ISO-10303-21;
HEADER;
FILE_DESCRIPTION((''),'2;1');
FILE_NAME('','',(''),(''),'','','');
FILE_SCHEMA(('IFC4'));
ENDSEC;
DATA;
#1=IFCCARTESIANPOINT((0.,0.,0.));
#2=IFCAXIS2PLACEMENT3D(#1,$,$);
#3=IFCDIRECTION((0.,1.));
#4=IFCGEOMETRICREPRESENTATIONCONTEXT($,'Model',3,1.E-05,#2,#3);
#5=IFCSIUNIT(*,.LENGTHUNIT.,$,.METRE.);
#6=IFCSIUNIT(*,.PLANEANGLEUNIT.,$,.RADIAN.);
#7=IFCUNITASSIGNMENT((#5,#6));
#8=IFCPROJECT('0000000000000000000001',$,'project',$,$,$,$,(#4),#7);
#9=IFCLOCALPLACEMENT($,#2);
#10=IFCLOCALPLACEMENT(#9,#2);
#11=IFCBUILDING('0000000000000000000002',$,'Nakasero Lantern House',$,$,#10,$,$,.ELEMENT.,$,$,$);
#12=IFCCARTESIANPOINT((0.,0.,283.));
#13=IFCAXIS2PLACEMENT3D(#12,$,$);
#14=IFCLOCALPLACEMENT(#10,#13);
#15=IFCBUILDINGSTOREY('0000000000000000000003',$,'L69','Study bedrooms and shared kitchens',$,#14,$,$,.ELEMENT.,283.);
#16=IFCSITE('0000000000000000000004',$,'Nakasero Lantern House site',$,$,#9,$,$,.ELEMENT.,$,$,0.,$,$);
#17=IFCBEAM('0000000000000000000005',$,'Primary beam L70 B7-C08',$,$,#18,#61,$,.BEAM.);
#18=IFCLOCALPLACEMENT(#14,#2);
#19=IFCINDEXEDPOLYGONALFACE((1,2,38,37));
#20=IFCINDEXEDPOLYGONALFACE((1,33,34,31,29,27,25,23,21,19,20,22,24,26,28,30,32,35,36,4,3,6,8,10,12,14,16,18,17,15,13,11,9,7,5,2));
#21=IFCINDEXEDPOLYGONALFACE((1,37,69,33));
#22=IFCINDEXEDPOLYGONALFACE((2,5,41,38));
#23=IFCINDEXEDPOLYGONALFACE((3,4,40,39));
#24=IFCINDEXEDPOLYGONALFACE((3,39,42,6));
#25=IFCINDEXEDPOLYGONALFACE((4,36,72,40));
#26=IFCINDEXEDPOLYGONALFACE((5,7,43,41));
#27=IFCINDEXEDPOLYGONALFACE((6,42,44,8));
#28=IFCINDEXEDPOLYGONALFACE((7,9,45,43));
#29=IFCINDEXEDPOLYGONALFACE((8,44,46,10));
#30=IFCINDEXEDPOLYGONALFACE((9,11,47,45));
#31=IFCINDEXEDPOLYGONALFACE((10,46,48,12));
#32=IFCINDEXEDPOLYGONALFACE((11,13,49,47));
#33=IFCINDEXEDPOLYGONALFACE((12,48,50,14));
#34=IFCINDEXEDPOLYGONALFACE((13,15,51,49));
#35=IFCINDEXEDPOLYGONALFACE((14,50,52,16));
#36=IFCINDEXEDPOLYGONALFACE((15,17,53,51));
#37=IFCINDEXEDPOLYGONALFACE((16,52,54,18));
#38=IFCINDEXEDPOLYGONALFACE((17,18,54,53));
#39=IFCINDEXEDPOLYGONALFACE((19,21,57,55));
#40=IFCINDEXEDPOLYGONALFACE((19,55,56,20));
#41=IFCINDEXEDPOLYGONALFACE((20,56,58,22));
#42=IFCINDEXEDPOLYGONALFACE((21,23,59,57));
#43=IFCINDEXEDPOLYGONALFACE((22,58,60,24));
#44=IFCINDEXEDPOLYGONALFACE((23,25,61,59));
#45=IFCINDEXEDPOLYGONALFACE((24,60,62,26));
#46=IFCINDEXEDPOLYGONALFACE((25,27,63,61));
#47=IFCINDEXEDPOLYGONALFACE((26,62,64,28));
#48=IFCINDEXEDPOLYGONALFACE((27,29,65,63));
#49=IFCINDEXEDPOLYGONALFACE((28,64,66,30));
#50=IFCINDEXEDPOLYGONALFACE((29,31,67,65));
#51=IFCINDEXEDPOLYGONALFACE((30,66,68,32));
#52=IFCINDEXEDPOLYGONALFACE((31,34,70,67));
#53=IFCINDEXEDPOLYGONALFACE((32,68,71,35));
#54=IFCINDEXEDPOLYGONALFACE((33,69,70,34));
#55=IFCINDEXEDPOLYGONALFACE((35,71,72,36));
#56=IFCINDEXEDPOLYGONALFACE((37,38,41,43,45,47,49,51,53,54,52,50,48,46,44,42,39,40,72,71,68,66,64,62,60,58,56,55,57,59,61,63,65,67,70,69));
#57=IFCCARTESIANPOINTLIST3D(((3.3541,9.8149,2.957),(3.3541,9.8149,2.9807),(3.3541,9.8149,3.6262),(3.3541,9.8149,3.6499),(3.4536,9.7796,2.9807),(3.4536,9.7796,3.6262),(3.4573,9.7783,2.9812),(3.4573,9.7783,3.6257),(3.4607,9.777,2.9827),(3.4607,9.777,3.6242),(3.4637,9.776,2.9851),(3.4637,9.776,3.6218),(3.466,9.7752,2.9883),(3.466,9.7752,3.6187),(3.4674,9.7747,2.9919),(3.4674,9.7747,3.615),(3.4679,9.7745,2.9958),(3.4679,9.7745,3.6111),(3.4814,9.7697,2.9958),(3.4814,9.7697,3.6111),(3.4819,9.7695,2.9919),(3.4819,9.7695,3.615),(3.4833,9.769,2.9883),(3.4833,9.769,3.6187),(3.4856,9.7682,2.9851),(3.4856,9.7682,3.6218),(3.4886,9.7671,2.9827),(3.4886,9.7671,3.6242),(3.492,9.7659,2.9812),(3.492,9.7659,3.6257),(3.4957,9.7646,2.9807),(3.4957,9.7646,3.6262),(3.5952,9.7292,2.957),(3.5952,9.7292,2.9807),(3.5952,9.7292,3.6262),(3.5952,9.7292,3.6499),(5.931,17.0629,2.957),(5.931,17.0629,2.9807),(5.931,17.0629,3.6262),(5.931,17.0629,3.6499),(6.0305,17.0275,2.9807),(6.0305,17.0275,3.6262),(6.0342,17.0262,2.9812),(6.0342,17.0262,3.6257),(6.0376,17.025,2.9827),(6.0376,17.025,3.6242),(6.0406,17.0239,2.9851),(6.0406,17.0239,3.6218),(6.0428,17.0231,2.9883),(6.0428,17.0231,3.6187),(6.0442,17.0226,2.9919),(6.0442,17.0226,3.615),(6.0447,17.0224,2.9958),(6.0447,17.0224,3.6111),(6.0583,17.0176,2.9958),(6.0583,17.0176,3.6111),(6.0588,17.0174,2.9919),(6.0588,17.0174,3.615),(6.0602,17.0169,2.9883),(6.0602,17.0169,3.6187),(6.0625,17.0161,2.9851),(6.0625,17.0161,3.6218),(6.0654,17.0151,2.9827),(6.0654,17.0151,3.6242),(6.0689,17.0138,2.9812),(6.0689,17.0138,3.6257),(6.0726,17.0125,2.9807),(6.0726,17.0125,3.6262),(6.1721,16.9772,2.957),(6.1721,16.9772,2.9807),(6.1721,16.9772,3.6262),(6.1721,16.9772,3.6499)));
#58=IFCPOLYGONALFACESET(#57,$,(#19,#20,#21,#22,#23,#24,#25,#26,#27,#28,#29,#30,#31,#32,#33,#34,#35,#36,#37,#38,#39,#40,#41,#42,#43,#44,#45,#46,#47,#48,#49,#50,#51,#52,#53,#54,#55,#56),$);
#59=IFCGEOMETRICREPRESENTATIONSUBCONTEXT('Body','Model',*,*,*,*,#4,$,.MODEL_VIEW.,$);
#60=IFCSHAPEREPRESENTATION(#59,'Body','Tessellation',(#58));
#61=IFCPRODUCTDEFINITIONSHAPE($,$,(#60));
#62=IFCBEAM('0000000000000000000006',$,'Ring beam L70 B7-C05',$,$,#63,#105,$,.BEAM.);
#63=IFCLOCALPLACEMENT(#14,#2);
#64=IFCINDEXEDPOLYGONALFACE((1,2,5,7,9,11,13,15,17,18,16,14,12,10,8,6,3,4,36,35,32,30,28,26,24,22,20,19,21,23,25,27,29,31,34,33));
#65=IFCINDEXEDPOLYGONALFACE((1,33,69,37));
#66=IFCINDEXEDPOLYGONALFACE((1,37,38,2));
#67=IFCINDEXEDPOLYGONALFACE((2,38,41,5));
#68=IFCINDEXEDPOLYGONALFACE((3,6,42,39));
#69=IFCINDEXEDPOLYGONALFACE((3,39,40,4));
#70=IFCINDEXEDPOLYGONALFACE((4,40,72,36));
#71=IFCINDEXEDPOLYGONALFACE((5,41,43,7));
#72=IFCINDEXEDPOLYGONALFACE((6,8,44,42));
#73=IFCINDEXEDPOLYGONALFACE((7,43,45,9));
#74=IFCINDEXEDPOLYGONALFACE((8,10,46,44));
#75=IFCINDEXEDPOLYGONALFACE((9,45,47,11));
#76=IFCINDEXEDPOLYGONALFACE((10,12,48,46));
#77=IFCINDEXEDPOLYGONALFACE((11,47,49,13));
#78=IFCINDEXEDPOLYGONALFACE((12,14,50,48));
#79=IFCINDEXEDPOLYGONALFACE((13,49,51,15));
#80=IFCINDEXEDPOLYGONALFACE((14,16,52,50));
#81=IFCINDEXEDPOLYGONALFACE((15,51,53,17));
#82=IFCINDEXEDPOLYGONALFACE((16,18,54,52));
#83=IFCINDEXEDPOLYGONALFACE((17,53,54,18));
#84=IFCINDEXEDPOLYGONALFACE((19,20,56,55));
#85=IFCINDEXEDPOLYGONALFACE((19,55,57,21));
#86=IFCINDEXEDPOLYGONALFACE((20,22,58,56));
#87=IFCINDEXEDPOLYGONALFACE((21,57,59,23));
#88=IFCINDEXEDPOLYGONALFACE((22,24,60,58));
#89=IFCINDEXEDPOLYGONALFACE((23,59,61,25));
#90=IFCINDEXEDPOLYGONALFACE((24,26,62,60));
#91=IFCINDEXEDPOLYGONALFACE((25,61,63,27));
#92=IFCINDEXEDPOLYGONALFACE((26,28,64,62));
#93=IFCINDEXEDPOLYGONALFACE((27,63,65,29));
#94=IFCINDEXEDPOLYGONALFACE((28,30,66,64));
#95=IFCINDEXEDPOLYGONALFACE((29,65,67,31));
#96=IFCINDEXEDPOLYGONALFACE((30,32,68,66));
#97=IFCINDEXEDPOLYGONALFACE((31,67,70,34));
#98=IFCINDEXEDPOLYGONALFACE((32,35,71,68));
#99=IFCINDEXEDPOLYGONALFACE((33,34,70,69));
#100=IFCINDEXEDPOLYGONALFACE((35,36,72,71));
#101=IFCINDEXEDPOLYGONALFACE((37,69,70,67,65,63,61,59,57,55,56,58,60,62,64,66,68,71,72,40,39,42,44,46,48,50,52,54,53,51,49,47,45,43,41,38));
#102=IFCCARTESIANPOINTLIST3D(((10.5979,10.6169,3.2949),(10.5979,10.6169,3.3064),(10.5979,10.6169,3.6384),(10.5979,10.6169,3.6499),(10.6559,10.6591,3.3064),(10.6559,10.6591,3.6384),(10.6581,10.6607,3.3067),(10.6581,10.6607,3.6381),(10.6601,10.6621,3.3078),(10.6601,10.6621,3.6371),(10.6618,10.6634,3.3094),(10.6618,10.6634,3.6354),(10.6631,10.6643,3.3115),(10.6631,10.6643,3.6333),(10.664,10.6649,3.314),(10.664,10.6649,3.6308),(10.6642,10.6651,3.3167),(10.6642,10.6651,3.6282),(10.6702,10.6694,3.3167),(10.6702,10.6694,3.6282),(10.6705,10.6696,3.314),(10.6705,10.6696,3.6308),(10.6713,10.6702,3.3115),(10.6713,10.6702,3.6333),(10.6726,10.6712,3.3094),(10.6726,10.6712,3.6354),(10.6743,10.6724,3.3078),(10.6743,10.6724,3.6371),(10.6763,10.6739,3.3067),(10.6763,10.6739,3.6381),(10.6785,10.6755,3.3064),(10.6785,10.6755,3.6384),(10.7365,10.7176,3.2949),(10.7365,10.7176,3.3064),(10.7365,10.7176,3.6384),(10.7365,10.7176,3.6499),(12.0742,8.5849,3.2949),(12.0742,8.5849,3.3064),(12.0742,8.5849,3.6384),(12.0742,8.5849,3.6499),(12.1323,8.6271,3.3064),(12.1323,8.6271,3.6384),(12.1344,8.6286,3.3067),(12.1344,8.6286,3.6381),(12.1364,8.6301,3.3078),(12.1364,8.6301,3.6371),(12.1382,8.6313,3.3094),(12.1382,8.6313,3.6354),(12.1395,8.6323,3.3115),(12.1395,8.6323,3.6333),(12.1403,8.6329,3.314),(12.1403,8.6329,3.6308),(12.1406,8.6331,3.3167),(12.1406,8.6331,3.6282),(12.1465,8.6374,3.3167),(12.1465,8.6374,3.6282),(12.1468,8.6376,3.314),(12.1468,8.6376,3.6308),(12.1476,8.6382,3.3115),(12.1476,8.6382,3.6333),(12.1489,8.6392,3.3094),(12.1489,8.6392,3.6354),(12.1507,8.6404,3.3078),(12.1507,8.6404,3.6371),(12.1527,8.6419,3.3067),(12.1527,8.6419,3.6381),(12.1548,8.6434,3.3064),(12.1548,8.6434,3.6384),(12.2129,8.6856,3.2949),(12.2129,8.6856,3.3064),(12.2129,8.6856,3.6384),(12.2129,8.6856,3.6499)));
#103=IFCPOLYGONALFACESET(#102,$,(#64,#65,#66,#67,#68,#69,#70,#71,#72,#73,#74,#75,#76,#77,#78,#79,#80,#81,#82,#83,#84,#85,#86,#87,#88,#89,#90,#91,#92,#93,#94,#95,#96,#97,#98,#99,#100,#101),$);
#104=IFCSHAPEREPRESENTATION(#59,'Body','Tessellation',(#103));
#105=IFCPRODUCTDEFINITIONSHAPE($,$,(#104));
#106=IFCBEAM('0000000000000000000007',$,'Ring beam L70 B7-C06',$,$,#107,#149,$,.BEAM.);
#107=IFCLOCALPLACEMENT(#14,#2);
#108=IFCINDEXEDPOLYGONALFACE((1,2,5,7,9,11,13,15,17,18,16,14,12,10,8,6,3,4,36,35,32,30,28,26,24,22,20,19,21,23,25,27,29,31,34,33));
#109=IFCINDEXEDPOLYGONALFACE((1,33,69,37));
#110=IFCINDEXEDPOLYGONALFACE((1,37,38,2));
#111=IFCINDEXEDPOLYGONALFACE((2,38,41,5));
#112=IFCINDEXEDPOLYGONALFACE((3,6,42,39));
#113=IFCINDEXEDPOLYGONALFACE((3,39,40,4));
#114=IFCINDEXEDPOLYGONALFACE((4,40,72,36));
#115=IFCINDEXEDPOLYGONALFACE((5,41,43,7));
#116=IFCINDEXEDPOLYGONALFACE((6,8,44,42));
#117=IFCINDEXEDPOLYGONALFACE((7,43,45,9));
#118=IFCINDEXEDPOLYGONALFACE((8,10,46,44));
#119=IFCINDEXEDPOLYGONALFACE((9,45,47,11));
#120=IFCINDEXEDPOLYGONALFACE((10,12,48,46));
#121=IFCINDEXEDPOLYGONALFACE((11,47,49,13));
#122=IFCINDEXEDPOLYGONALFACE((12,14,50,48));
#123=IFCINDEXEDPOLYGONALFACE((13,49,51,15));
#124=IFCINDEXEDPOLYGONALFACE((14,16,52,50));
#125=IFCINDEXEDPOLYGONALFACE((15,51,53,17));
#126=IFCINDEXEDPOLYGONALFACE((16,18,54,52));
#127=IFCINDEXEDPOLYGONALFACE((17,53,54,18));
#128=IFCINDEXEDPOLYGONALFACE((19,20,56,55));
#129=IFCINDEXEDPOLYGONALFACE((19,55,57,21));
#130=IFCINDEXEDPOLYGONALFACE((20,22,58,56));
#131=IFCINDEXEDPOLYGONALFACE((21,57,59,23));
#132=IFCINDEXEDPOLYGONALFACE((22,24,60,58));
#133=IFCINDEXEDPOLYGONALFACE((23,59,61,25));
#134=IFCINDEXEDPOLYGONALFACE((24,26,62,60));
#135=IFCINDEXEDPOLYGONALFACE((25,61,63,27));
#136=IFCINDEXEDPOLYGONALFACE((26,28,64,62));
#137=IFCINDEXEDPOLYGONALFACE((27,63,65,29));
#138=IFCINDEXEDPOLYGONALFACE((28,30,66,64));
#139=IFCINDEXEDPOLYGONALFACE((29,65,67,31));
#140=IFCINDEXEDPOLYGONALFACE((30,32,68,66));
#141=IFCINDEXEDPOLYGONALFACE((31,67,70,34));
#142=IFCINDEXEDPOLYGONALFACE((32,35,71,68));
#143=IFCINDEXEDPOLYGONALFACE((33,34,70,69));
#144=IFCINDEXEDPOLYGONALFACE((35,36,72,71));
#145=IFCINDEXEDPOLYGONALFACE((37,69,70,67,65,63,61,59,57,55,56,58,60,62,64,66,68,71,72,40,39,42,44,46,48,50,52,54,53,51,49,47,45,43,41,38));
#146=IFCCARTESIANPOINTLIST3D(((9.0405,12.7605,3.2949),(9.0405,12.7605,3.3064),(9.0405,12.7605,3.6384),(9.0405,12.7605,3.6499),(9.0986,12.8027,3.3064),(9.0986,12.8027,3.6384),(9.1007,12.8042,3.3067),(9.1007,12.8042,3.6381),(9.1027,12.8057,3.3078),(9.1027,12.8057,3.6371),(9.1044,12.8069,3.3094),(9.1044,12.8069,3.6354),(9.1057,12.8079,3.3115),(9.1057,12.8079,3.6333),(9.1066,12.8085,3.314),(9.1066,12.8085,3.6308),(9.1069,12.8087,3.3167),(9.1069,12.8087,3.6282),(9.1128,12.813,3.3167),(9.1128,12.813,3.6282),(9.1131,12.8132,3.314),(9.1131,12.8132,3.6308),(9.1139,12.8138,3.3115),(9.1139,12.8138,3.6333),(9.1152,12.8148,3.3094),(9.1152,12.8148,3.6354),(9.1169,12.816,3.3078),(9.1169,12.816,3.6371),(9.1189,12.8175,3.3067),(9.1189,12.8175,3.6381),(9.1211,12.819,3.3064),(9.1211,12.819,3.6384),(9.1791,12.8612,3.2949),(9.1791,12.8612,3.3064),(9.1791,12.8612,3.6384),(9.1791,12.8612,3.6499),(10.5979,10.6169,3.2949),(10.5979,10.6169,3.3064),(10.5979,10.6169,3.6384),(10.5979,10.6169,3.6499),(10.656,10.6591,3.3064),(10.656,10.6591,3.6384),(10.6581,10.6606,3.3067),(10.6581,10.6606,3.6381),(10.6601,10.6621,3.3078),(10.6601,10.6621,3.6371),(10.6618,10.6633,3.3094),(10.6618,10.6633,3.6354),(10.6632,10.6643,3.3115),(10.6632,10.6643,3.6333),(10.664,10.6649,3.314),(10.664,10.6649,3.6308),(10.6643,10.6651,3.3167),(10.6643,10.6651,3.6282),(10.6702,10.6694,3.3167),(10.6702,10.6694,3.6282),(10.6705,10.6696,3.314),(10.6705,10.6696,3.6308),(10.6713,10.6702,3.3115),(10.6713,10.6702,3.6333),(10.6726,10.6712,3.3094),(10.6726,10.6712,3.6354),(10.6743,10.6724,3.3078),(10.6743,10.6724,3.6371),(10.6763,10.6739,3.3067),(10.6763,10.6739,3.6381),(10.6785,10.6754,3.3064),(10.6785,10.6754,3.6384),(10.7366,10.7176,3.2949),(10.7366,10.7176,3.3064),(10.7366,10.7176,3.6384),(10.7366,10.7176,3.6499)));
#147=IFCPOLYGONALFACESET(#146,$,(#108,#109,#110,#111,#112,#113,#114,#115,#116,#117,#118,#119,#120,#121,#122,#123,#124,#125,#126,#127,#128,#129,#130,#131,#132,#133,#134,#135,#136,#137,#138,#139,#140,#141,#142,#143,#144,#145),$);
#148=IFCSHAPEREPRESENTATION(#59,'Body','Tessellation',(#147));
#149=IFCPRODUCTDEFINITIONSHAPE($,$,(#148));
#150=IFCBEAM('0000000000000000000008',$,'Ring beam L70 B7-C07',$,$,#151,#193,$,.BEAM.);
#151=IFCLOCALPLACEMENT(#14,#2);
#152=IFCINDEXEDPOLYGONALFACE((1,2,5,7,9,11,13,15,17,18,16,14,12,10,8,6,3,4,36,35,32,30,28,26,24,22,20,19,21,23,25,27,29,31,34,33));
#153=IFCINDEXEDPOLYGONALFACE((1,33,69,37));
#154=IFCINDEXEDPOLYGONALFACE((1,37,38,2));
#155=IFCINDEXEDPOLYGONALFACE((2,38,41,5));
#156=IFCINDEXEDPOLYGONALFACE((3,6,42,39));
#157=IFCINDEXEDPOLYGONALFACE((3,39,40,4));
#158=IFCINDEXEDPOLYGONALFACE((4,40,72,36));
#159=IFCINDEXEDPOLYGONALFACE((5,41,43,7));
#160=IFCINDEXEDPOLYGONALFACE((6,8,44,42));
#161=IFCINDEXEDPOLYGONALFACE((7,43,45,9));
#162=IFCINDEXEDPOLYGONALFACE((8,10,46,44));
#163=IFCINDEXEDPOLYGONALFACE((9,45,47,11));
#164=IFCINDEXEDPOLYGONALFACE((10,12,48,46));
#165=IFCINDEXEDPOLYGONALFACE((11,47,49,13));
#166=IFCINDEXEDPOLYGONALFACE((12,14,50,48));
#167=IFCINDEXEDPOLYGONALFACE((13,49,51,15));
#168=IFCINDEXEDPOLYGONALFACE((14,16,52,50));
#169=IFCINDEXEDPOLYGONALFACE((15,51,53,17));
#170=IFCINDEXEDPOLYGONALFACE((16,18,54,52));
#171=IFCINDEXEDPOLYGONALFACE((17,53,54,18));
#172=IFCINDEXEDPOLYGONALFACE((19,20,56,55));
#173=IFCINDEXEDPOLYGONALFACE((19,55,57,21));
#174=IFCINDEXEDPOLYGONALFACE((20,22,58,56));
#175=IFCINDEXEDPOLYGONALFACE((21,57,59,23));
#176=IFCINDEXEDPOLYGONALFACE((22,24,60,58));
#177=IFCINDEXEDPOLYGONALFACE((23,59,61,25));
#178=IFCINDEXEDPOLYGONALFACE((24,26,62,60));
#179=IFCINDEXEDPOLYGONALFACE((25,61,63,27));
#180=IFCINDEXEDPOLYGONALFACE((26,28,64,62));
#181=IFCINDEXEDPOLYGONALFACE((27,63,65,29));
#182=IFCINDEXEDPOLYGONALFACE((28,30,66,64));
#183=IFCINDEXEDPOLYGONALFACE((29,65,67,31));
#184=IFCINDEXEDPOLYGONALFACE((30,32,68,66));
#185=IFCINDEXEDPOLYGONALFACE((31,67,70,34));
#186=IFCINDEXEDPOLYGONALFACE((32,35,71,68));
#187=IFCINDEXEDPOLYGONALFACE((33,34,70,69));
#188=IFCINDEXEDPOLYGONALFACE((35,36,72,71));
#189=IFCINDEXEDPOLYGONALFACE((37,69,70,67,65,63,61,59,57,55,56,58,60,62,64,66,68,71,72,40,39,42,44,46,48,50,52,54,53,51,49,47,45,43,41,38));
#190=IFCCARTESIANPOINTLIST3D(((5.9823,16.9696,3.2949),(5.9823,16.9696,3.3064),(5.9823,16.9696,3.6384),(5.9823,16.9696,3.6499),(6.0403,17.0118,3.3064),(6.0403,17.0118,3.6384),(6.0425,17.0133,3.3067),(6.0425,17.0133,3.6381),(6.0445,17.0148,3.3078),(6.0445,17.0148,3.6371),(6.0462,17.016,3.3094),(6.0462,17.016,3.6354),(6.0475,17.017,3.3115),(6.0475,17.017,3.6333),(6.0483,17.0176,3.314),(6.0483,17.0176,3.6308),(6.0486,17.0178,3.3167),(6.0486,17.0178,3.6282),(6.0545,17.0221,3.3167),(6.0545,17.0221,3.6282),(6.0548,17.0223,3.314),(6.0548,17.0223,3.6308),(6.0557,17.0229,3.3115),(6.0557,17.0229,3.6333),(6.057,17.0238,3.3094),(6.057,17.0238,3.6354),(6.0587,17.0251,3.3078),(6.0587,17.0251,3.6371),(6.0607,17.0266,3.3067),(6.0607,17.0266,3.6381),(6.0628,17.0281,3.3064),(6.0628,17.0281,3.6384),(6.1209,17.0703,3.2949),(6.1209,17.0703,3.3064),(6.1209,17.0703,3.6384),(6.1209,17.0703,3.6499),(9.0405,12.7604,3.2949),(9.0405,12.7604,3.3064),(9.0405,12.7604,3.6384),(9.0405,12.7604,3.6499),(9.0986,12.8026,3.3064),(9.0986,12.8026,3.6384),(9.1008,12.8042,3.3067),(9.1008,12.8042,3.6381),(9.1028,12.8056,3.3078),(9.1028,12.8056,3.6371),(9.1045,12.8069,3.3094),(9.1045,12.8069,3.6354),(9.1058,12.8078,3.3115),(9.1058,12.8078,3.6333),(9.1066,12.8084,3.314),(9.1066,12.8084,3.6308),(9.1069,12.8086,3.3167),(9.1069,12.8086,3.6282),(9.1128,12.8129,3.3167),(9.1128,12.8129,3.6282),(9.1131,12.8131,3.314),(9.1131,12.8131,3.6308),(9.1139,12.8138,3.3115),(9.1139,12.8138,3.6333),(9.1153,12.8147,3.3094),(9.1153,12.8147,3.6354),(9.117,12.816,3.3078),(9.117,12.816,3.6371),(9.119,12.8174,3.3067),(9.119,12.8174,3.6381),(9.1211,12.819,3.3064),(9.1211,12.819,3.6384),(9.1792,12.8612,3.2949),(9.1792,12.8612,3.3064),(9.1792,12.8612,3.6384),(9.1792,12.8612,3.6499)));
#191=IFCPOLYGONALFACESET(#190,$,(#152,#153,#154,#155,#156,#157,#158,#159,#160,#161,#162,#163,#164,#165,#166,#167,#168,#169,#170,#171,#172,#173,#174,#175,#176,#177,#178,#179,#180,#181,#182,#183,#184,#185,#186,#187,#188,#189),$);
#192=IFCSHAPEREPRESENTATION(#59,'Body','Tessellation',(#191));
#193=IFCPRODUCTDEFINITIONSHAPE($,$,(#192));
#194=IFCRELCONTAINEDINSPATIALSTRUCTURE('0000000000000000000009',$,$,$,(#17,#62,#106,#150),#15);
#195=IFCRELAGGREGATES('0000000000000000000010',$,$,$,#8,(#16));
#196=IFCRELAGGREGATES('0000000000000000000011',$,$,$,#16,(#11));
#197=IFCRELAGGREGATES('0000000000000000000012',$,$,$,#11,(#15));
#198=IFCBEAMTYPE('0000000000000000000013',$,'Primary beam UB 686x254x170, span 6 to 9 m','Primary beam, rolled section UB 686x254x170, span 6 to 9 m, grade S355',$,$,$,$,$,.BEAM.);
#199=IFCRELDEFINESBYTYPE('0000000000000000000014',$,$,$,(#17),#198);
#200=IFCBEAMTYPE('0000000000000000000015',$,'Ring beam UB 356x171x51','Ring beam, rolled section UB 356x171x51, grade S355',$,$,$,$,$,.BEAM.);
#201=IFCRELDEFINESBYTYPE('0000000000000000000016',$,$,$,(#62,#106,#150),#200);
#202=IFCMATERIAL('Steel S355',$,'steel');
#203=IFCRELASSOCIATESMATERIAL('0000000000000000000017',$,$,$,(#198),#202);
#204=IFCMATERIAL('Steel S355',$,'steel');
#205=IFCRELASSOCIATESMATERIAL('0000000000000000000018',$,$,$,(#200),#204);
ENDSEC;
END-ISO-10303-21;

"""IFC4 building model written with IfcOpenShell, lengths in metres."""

from ifc_helpers import new_model, si_unit, direction, frame, origin, origin_2d, place, context, subcontext, project, spatial, i_section, extrude, material, material_profile, profile_set, type_object, element, save


model = new_model("IFC4")

# Units and contexts
model_context = context("Model", 3, precision=1e-05, world=origin(), true_north=direction((0.0, 1.0)))
body_context = subcontext(model_context, "Body", "Model", "MODEL_VIEW")
ifc_project = project(units=[si_unit("LENGTHUNIT", "METRE"), si_unit("PLANEANGLEUNIT", "RADIAN")], contexts=[model_context])

# Site, building, storey
site_placement = place(None, origin())
site = spatial("IfcSite", under=ifc_project, at=site_placement, Name="Nakasero Lantern House site", CompositionType="ELEMENT", RefElevation=0.0)
building_placement = place(site_placement, origin())
building = spatial("IfcBuilding", under=site, at=building_placement, Name="Nakasero Lantern House", CompositionType="ELEMENT")
storey_placement = place(building_placement, frame((0.0, 0.0, 283.0)))
storey = spatial("IfcBuildingStorey", under=building, at=storey_placement, Name="L69", Description="Study bedrooms and shared kitchens", CompositionType="ELEMENT", Elevation=283.0)

# Beams
ifc_material_1 = material(Name="Steel S355", Category="steel")
ifc_material_profile_1 = material_profile(ifc_material_1, i_section(OverallWidth=0.2559, OverallDepth=0.6929, WebThickness=0.0144, FlangeThickness=0.0237, FilletRadius=0.0151, at=origin_2d()), Name="UB 686x254x170")
ifc_profile_set_1 = profile_set([ifc_material_profile_1], Name="Steel S355")
beam_type_1 = type_object("IfcBeamType", Name="Primary beam UB 686x254x170, span 6 to 9 m", Description="Primary beam, rolled section UB 686x254x170, span 6 to 9 m, grade S355", PredefinedType="BEAM", material=ifc_profile_set_1)
beam_1_placement = place(storey_placement, frame((6.0515, 17.02, 3.3035), z_axis=(-0.334989, -0.942222, 0.0), x_axis=(0.942222, -0.334989, 0.0)))
element("IfcBeam", 1, at=beam_1_placement, inside=storey, type_object=beam_type_1, Name="Primary beam L70 B7-C08", PredefinedType="BEAM", context=body_context, shape_type="SweptSolid", body=[
    extrude(i_section(OverallWidth=0.2559, OverallDepth=0.6929, WebThickness=0.0144, FlangeThickness=0.0237, FilletRadius=0.0151, at=origin_2d()), origin(), (0.0, 0.0, 1.0), 7.6924),
])
ifc_material_2 = material(Name="Steel S355", Category="steel")
ifc_material_profile_2 = material_profile(ifc_material_2, i_section(OverallWidth=0.1714, OverallDepth=0.355, WebThickness=0.0073, FlangeThickness=0.0115, FilletRadius=0.0103, at=origin_2d()), Name="UB 356x171x51")
ifc_profile_set_2 = profile_set([ifc_material_profile_2], Name="Steel S355")
beam_type_2 = type_object("IfcBeamType", Name="Ring beam UB 356x171x51", Description="Ring beam, rolled section UB 356x171x51, grade S355", PredefinedType="BEAM", material=ifc_profile_set_2)
beam_2_placement = place(storey_placement, frame((12.1436, 8.6353, 3.4724), z_axis=(-0.587784, 0.809018, 0.0), x_axis=(-0.809018, -0.587784, 0.0)))
element("IfcBeam", 2, at=beam_2_placement, inside=storey, type_object=beam_type_2, Name="Ring beam L70 B7-C05", PredefinedType="BEAM", context=body_context, shape_type="SweptSolid", body=[
    extrude(i_section(OverallWidth=0.1714, OverallDepth=0.355, WebThickness=0.0073, FlangeThickness=0.0115, FilletRadius=0.0103, at=origin_2d()), origin(), (0.0, 0.0, 1.0), 2.5117),
])
beam_3_placement = place(storey_placement, frame((10.6672, 10.6672, 3.4724), z_axis=(-0.587783, 0.809019, 0.0), x_axis=(-0.809019, -0.587783, 0.0)))
element("IfcBeam", 3, at=beam_3_placement, inside=storey, type_object=beam_type_2, Name="Ring beam L70 B7-C06", PredefinedType="BEAM", context=body_context, shape_type="SweptSolid", body=[
    extrude(i_section(OverallWidth=0.1714, OverallDepth=0.355, WebThickness=0.0073, FlangeThickness=0.0115, FilletRadius=0.0103, at=origin_2d()), origin(), (0.0, 0.0, 1.0), 2.6497),
])
beam_4_placement = place(storey_placement, frame((9.1099, 12.8108, 3.4724), z_axis=(-0.587806, 0.809002, 0.0), x_axis=(-0.809002, -0.587806, 0.0)))
element("IfcBeam", 4, at=beam_4_placement, inside=storey, type_object=beam_type_2, Name="Ring beam L70 B7-C07", PredefinedType="BEAM", context=body_context, shape_type="SweptSolid", body=[
    extrude(i_section(OverallWidth=0.1714, OverallDepth=0.355, WebThickness=0.0073, FlangeThickness=0.0115, FilletRadius=0.0103, at=origin_2d()), origin(), (0.0, 0.0, 1.0), 5.2029),
])

save(model, "model.ifc")
